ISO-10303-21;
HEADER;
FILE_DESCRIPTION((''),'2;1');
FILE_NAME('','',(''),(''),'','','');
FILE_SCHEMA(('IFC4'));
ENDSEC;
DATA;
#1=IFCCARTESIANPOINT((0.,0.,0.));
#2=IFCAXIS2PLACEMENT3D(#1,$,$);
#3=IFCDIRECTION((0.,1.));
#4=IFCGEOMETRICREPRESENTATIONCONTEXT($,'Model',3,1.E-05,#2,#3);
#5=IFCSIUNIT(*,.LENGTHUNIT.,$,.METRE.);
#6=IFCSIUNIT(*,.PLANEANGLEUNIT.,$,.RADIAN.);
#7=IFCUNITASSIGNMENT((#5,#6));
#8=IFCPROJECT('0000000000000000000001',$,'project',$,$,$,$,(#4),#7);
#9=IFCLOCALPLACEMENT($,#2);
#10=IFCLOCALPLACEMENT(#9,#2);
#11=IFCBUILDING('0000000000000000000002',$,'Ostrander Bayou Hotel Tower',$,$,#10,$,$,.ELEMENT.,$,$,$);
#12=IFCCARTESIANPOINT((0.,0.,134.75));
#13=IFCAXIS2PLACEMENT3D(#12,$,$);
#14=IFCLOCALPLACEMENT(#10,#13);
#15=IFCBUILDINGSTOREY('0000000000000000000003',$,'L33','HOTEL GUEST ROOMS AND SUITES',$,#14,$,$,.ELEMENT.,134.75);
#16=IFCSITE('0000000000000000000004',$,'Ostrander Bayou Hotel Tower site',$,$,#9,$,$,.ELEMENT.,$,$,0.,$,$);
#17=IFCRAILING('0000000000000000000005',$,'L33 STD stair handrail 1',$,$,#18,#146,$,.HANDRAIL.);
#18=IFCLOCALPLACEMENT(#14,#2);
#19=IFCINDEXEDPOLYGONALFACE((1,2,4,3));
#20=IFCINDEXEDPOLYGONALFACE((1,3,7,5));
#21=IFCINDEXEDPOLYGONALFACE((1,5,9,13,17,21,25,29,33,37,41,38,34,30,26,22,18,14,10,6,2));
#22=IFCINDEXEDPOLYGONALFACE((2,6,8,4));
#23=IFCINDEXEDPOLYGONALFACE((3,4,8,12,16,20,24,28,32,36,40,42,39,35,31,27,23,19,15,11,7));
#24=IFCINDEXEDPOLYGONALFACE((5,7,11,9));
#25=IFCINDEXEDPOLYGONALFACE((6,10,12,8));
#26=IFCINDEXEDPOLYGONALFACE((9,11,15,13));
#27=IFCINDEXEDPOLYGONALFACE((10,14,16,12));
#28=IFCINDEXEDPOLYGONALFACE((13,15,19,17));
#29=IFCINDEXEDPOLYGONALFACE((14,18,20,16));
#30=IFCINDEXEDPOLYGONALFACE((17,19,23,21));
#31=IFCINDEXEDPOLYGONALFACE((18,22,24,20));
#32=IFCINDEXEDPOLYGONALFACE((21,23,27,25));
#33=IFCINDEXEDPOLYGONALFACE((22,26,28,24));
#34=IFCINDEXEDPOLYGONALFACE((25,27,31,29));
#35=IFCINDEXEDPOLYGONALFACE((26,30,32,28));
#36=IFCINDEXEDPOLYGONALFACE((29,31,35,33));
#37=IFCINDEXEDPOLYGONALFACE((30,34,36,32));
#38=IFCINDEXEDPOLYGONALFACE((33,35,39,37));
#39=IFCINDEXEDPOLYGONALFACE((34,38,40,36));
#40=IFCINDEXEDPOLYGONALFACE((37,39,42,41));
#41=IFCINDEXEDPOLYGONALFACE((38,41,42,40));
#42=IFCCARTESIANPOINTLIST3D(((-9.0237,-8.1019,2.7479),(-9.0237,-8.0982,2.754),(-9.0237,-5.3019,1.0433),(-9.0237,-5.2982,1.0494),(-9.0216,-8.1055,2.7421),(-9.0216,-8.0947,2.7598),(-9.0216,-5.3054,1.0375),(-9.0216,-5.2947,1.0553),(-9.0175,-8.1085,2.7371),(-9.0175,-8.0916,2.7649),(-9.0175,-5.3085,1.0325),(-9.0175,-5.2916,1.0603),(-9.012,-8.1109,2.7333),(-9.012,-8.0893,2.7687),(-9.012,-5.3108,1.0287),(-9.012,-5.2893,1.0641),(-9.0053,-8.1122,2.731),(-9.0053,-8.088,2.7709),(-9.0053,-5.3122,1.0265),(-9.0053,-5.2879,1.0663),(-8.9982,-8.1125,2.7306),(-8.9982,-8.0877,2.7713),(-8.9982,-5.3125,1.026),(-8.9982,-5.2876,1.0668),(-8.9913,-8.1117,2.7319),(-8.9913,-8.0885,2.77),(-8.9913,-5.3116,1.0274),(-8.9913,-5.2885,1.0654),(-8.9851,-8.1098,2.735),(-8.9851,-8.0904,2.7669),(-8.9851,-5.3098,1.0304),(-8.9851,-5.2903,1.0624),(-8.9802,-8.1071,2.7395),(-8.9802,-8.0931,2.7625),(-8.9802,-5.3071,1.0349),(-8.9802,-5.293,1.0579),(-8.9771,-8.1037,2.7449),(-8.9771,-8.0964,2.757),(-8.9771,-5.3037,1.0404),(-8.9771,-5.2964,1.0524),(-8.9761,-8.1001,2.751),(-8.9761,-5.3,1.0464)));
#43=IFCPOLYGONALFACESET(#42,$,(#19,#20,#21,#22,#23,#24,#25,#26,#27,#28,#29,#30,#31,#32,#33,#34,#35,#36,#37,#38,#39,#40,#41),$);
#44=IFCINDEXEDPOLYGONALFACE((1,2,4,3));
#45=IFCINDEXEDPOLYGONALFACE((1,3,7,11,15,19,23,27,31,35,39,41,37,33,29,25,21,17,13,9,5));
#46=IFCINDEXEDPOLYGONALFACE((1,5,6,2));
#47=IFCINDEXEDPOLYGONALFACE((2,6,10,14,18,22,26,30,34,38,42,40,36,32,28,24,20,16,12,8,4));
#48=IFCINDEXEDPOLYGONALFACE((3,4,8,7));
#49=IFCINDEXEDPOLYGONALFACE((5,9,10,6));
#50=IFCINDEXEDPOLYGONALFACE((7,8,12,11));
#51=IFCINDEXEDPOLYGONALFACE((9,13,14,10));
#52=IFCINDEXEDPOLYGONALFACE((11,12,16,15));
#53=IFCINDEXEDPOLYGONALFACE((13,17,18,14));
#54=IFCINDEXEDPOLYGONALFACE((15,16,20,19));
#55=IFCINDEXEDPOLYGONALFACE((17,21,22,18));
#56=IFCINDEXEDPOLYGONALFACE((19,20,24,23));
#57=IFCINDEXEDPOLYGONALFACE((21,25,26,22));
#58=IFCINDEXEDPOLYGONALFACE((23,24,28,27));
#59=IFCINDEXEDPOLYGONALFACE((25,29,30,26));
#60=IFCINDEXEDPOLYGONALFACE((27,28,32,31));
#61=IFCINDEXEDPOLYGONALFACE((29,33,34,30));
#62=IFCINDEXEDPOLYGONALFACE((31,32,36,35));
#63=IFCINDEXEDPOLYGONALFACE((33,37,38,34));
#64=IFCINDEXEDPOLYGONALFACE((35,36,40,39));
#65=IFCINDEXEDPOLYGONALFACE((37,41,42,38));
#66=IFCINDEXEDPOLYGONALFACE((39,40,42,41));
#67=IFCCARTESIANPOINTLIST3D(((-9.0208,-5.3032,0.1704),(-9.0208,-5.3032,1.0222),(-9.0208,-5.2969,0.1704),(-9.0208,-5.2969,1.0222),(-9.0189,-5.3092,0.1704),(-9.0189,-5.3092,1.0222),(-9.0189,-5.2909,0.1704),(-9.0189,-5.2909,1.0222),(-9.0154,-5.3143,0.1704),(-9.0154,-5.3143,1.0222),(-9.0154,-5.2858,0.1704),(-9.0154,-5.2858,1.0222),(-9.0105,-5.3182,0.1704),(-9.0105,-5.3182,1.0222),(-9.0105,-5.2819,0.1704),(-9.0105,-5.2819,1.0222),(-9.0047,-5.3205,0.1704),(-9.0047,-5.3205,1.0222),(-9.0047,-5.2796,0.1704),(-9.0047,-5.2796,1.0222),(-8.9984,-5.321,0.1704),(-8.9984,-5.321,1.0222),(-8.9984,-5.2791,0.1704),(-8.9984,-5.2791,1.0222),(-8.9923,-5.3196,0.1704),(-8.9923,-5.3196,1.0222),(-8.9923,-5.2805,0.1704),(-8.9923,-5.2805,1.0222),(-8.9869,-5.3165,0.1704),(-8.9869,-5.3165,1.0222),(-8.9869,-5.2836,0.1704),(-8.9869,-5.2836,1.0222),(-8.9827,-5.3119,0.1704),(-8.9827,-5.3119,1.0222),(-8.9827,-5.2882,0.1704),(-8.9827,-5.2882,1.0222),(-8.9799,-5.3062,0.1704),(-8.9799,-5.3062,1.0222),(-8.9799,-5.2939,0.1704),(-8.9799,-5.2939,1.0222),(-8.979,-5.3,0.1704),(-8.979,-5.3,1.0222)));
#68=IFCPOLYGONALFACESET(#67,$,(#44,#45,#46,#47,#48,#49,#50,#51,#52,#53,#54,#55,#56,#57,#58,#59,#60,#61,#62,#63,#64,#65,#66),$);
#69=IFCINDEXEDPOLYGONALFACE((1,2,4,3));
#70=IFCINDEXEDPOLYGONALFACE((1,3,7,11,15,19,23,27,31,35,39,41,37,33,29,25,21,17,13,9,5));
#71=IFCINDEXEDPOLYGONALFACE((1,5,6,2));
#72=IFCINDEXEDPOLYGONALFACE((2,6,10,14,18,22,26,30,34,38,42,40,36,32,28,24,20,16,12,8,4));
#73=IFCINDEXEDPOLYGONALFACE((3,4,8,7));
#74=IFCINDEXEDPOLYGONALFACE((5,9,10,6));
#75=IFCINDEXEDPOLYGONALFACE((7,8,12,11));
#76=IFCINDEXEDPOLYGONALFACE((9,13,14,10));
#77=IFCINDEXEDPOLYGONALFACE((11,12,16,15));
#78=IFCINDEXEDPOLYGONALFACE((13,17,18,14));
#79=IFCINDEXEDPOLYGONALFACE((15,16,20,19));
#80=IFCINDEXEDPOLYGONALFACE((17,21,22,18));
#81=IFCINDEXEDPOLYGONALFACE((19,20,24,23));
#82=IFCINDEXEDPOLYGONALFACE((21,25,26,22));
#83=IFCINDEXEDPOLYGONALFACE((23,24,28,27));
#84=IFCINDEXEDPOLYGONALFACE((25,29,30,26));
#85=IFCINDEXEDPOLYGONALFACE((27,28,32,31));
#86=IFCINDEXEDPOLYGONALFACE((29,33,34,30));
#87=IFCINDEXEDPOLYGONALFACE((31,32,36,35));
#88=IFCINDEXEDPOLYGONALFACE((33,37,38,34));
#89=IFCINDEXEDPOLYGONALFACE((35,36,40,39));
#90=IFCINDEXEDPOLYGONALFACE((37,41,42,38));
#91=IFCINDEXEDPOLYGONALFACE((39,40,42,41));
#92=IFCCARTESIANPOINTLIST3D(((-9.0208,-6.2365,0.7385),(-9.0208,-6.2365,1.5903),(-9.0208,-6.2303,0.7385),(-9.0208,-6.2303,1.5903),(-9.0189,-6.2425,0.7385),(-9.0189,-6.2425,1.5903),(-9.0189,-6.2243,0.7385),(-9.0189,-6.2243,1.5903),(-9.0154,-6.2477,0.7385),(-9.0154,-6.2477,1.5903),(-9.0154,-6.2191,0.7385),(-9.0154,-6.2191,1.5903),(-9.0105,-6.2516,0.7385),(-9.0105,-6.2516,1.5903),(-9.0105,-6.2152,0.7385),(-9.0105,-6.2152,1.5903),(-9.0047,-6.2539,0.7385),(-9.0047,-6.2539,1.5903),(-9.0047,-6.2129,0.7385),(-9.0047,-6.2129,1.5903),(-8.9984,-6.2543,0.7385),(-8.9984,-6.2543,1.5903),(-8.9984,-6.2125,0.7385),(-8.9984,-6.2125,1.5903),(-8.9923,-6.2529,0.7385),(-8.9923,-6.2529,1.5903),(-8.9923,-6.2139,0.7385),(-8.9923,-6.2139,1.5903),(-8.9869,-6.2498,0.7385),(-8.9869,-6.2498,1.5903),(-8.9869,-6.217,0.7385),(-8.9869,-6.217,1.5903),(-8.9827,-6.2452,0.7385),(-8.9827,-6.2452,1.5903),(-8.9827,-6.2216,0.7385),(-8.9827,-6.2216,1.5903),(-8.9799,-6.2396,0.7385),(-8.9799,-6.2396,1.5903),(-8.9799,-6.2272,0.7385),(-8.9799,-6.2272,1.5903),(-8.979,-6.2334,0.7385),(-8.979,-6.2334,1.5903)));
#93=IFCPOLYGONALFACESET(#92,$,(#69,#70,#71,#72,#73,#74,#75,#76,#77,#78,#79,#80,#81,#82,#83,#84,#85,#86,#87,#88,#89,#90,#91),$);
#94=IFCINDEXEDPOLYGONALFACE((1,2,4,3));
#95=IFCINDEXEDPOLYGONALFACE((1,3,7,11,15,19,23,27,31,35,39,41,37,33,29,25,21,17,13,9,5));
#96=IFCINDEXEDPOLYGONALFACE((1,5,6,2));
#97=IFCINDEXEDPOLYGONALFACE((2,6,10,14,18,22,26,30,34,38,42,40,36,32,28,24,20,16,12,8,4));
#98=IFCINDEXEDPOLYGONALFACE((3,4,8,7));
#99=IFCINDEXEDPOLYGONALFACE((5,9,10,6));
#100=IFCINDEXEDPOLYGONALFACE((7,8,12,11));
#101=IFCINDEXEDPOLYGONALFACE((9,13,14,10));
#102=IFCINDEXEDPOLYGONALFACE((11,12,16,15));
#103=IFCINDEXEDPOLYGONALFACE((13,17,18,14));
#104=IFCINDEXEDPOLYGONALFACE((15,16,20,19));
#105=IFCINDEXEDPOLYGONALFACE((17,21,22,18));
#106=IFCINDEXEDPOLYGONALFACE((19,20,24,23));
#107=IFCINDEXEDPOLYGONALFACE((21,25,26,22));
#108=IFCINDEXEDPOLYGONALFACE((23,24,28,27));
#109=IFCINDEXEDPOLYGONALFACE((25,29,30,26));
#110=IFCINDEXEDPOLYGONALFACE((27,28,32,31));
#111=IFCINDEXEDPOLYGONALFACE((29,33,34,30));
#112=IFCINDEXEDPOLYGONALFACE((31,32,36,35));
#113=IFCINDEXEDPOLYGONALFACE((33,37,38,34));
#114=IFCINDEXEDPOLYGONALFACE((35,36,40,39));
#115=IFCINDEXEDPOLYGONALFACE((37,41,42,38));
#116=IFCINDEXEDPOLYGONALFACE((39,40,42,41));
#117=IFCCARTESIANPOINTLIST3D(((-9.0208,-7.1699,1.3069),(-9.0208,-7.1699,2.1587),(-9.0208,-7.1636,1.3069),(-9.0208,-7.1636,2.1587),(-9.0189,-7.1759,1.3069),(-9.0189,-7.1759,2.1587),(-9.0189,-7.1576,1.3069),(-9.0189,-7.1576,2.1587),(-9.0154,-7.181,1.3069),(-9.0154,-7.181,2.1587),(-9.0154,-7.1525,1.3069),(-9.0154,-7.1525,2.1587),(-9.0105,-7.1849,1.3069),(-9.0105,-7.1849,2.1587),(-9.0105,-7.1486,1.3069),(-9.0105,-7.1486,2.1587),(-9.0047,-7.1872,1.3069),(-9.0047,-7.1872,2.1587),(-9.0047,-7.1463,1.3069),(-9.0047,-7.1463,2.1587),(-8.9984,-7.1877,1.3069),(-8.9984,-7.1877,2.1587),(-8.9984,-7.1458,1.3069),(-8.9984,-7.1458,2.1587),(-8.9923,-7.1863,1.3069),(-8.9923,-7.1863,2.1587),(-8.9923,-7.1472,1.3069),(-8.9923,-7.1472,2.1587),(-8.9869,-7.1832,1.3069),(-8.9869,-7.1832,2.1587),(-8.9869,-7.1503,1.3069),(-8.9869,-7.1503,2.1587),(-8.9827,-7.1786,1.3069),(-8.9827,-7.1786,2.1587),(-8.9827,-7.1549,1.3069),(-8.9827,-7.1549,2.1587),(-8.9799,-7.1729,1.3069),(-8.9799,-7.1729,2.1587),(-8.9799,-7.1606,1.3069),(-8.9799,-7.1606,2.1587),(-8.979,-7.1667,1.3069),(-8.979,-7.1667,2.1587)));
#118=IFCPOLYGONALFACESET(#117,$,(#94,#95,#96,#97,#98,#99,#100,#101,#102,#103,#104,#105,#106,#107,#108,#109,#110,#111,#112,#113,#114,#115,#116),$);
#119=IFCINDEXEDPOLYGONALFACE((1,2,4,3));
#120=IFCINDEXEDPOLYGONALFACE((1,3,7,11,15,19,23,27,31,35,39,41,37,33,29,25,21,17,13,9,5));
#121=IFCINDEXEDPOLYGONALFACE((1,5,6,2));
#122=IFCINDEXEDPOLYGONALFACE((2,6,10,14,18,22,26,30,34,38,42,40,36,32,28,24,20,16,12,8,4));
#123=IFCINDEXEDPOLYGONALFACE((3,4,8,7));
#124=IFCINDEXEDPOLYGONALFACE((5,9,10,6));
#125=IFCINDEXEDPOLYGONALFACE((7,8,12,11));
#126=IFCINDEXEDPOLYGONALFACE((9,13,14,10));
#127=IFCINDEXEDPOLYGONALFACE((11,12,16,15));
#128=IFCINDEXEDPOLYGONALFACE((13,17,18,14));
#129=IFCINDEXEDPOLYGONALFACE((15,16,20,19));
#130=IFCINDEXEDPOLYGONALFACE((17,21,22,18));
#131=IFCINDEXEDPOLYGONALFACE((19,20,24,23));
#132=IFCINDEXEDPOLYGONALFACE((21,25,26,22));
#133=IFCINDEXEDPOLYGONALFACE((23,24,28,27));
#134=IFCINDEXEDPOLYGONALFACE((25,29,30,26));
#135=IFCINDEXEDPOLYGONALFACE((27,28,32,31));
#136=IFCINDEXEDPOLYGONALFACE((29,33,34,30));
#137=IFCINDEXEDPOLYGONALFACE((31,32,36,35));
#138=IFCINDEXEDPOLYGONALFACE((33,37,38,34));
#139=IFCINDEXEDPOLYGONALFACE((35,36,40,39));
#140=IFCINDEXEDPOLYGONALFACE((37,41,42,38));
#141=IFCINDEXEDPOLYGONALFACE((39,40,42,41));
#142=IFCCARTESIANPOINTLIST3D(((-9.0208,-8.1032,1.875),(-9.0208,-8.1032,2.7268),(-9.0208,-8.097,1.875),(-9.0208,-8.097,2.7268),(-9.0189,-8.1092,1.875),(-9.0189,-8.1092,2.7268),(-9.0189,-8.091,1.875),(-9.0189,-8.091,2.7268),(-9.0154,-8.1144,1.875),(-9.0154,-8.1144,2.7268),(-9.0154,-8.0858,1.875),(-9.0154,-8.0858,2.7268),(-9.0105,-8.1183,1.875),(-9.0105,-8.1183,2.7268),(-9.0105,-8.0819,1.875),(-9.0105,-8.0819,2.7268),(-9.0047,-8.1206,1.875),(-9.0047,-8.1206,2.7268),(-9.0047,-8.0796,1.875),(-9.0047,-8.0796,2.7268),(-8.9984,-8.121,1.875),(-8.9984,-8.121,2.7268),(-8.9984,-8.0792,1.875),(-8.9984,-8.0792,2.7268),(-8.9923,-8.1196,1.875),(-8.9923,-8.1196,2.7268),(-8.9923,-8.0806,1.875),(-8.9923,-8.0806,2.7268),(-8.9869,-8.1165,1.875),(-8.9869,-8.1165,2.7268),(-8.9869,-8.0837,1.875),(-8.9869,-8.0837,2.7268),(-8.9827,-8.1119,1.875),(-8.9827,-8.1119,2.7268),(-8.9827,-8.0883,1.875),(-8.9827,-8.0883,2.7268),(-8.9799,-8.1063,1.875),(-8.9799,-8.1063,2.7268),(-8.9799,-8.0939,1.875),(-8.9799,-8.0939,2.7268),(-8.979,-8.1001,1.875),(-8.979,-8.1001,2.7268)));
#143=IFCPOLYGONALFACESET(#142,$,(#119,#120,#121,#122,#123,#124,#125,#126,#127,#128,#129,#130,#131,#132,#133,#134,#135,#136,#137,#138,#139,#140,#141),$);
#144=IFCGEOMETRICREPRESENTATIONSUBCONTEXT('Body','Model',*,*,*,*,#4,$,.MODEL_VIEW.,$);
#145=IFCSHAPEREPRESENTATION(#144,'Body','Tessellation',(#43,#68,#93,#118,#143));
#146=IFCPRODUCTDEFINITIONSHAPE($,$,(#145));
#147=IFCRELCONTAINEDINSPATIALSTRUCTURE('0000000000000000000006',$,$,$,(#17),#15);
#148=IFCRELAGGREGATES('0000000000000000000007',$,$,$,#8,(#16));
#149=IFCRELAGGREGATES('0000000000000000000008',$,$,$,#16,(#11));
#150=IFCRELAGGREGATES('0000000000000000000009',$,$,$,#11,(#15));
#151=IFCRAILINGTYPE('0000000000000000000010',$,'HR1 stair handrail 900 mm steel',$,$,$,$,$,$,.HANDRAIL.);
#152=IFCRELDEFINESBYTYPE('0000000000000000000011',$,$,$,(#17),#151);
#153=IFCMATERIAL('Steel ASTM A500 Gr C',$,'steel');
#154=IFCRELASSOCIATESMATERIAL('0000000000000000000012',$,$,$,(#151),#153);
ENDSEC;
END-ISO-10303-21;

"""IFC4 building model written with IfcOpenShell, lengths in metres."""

from ifc_helpers import new_model, si_unit, direction, frame, origin, origin_2d, place, context, subcontext, project, spatial, circle, extrude, material, type_object, element, save


model = new_model("IFC4")

# Units and contexts
model_context = context("Model", 3, precision=1e-05, world=origin(), true_north=direction((0.0, 1.0)))
body_context = subcontext(model_context, "Body", "Model", "MODEL_VIEW")
ifc_project = project(units=[si_unit("LENGTHUNIT", "METRE"), si_unit("PLANEANGLEUNIT", "RADIAN")], contexts=[model_context])

# Site, building, storey
site_placement = place(None, origin())
site = spatial("IfcSite", under=ifc_project, at=site_placement, Name="Ostrander Bayou Hotel Tower site", CompositionType="ELEMENT", RefElevation=0.0)
building_placement = place(site_placement, origin())
building = spatial("IfcBuilding", under=site, at=building_placement, Name="Ostrander Bayou Hotel Tower", CompositionType="ELEMENT")
storey_placement = place(building_placement, frame((0.0, 0.0, 134.75)))
storey = spatial("IfcBuildingStorey", under=building, at=storey_placement, Name="L33", Description="HOTEL GUEST ROOMS AND SUITES", CompositionType="ELEMENT", Elevation=134.75)

# Railing
ifc_material_1 = material(Name="Steel ASTM A500 Gr C", Category="steel")
railing_type_1 = type_object("IfcRailingType", Name="HR1 stair handrail 900 mm steel", PredefinedType="HANDRAIL", material=ifc_material_1)
railing_1_placement = place(storey_placement, frame((-9.0, -5.3, 0.1704)))
element("IfcRailing", 1, at=railing_1_placement, inside=storey, type_object=railing_type_1, Name="L33 STD stair handrail 1", PredefinedType="HANDRAIL", context=body_context, shape_type="SweptSolid", body=[
    extrude(circle(Radius=0.0239, at=origin_2d()), frame((0.0, 0.0, 0.876), z_axis=(0.0, -0.85417, 0.519994), x_axis=(1.0, 0.0, 0.0)), (0.0, 0.0, 1.0), 3.2781),
    extrude(circle(Radius=0.021, at=origin_2d()), origin(), (0.0, 0.0, 1.0), 0.8518),
    extrude(circle(Radius=0.021, at=origin_2d()), frame((0.0, -0.9333, 0.5681)), (0.0, 0.0, 1.0), 0.8518),
    extrude(circle(Radius=0.021, at=origin_2d()), frame((0.0, -1.8667, 1.1365)), (0.0, 0.0, 1.0), 0.8518),
    extrude(circle(Radius=0.021, at=origin_2d()), frame((0.0, -2.8, 1.7046)), (0.0, 0.0, 1.0), 0.8518),
])

save(model, "model.ifc")
